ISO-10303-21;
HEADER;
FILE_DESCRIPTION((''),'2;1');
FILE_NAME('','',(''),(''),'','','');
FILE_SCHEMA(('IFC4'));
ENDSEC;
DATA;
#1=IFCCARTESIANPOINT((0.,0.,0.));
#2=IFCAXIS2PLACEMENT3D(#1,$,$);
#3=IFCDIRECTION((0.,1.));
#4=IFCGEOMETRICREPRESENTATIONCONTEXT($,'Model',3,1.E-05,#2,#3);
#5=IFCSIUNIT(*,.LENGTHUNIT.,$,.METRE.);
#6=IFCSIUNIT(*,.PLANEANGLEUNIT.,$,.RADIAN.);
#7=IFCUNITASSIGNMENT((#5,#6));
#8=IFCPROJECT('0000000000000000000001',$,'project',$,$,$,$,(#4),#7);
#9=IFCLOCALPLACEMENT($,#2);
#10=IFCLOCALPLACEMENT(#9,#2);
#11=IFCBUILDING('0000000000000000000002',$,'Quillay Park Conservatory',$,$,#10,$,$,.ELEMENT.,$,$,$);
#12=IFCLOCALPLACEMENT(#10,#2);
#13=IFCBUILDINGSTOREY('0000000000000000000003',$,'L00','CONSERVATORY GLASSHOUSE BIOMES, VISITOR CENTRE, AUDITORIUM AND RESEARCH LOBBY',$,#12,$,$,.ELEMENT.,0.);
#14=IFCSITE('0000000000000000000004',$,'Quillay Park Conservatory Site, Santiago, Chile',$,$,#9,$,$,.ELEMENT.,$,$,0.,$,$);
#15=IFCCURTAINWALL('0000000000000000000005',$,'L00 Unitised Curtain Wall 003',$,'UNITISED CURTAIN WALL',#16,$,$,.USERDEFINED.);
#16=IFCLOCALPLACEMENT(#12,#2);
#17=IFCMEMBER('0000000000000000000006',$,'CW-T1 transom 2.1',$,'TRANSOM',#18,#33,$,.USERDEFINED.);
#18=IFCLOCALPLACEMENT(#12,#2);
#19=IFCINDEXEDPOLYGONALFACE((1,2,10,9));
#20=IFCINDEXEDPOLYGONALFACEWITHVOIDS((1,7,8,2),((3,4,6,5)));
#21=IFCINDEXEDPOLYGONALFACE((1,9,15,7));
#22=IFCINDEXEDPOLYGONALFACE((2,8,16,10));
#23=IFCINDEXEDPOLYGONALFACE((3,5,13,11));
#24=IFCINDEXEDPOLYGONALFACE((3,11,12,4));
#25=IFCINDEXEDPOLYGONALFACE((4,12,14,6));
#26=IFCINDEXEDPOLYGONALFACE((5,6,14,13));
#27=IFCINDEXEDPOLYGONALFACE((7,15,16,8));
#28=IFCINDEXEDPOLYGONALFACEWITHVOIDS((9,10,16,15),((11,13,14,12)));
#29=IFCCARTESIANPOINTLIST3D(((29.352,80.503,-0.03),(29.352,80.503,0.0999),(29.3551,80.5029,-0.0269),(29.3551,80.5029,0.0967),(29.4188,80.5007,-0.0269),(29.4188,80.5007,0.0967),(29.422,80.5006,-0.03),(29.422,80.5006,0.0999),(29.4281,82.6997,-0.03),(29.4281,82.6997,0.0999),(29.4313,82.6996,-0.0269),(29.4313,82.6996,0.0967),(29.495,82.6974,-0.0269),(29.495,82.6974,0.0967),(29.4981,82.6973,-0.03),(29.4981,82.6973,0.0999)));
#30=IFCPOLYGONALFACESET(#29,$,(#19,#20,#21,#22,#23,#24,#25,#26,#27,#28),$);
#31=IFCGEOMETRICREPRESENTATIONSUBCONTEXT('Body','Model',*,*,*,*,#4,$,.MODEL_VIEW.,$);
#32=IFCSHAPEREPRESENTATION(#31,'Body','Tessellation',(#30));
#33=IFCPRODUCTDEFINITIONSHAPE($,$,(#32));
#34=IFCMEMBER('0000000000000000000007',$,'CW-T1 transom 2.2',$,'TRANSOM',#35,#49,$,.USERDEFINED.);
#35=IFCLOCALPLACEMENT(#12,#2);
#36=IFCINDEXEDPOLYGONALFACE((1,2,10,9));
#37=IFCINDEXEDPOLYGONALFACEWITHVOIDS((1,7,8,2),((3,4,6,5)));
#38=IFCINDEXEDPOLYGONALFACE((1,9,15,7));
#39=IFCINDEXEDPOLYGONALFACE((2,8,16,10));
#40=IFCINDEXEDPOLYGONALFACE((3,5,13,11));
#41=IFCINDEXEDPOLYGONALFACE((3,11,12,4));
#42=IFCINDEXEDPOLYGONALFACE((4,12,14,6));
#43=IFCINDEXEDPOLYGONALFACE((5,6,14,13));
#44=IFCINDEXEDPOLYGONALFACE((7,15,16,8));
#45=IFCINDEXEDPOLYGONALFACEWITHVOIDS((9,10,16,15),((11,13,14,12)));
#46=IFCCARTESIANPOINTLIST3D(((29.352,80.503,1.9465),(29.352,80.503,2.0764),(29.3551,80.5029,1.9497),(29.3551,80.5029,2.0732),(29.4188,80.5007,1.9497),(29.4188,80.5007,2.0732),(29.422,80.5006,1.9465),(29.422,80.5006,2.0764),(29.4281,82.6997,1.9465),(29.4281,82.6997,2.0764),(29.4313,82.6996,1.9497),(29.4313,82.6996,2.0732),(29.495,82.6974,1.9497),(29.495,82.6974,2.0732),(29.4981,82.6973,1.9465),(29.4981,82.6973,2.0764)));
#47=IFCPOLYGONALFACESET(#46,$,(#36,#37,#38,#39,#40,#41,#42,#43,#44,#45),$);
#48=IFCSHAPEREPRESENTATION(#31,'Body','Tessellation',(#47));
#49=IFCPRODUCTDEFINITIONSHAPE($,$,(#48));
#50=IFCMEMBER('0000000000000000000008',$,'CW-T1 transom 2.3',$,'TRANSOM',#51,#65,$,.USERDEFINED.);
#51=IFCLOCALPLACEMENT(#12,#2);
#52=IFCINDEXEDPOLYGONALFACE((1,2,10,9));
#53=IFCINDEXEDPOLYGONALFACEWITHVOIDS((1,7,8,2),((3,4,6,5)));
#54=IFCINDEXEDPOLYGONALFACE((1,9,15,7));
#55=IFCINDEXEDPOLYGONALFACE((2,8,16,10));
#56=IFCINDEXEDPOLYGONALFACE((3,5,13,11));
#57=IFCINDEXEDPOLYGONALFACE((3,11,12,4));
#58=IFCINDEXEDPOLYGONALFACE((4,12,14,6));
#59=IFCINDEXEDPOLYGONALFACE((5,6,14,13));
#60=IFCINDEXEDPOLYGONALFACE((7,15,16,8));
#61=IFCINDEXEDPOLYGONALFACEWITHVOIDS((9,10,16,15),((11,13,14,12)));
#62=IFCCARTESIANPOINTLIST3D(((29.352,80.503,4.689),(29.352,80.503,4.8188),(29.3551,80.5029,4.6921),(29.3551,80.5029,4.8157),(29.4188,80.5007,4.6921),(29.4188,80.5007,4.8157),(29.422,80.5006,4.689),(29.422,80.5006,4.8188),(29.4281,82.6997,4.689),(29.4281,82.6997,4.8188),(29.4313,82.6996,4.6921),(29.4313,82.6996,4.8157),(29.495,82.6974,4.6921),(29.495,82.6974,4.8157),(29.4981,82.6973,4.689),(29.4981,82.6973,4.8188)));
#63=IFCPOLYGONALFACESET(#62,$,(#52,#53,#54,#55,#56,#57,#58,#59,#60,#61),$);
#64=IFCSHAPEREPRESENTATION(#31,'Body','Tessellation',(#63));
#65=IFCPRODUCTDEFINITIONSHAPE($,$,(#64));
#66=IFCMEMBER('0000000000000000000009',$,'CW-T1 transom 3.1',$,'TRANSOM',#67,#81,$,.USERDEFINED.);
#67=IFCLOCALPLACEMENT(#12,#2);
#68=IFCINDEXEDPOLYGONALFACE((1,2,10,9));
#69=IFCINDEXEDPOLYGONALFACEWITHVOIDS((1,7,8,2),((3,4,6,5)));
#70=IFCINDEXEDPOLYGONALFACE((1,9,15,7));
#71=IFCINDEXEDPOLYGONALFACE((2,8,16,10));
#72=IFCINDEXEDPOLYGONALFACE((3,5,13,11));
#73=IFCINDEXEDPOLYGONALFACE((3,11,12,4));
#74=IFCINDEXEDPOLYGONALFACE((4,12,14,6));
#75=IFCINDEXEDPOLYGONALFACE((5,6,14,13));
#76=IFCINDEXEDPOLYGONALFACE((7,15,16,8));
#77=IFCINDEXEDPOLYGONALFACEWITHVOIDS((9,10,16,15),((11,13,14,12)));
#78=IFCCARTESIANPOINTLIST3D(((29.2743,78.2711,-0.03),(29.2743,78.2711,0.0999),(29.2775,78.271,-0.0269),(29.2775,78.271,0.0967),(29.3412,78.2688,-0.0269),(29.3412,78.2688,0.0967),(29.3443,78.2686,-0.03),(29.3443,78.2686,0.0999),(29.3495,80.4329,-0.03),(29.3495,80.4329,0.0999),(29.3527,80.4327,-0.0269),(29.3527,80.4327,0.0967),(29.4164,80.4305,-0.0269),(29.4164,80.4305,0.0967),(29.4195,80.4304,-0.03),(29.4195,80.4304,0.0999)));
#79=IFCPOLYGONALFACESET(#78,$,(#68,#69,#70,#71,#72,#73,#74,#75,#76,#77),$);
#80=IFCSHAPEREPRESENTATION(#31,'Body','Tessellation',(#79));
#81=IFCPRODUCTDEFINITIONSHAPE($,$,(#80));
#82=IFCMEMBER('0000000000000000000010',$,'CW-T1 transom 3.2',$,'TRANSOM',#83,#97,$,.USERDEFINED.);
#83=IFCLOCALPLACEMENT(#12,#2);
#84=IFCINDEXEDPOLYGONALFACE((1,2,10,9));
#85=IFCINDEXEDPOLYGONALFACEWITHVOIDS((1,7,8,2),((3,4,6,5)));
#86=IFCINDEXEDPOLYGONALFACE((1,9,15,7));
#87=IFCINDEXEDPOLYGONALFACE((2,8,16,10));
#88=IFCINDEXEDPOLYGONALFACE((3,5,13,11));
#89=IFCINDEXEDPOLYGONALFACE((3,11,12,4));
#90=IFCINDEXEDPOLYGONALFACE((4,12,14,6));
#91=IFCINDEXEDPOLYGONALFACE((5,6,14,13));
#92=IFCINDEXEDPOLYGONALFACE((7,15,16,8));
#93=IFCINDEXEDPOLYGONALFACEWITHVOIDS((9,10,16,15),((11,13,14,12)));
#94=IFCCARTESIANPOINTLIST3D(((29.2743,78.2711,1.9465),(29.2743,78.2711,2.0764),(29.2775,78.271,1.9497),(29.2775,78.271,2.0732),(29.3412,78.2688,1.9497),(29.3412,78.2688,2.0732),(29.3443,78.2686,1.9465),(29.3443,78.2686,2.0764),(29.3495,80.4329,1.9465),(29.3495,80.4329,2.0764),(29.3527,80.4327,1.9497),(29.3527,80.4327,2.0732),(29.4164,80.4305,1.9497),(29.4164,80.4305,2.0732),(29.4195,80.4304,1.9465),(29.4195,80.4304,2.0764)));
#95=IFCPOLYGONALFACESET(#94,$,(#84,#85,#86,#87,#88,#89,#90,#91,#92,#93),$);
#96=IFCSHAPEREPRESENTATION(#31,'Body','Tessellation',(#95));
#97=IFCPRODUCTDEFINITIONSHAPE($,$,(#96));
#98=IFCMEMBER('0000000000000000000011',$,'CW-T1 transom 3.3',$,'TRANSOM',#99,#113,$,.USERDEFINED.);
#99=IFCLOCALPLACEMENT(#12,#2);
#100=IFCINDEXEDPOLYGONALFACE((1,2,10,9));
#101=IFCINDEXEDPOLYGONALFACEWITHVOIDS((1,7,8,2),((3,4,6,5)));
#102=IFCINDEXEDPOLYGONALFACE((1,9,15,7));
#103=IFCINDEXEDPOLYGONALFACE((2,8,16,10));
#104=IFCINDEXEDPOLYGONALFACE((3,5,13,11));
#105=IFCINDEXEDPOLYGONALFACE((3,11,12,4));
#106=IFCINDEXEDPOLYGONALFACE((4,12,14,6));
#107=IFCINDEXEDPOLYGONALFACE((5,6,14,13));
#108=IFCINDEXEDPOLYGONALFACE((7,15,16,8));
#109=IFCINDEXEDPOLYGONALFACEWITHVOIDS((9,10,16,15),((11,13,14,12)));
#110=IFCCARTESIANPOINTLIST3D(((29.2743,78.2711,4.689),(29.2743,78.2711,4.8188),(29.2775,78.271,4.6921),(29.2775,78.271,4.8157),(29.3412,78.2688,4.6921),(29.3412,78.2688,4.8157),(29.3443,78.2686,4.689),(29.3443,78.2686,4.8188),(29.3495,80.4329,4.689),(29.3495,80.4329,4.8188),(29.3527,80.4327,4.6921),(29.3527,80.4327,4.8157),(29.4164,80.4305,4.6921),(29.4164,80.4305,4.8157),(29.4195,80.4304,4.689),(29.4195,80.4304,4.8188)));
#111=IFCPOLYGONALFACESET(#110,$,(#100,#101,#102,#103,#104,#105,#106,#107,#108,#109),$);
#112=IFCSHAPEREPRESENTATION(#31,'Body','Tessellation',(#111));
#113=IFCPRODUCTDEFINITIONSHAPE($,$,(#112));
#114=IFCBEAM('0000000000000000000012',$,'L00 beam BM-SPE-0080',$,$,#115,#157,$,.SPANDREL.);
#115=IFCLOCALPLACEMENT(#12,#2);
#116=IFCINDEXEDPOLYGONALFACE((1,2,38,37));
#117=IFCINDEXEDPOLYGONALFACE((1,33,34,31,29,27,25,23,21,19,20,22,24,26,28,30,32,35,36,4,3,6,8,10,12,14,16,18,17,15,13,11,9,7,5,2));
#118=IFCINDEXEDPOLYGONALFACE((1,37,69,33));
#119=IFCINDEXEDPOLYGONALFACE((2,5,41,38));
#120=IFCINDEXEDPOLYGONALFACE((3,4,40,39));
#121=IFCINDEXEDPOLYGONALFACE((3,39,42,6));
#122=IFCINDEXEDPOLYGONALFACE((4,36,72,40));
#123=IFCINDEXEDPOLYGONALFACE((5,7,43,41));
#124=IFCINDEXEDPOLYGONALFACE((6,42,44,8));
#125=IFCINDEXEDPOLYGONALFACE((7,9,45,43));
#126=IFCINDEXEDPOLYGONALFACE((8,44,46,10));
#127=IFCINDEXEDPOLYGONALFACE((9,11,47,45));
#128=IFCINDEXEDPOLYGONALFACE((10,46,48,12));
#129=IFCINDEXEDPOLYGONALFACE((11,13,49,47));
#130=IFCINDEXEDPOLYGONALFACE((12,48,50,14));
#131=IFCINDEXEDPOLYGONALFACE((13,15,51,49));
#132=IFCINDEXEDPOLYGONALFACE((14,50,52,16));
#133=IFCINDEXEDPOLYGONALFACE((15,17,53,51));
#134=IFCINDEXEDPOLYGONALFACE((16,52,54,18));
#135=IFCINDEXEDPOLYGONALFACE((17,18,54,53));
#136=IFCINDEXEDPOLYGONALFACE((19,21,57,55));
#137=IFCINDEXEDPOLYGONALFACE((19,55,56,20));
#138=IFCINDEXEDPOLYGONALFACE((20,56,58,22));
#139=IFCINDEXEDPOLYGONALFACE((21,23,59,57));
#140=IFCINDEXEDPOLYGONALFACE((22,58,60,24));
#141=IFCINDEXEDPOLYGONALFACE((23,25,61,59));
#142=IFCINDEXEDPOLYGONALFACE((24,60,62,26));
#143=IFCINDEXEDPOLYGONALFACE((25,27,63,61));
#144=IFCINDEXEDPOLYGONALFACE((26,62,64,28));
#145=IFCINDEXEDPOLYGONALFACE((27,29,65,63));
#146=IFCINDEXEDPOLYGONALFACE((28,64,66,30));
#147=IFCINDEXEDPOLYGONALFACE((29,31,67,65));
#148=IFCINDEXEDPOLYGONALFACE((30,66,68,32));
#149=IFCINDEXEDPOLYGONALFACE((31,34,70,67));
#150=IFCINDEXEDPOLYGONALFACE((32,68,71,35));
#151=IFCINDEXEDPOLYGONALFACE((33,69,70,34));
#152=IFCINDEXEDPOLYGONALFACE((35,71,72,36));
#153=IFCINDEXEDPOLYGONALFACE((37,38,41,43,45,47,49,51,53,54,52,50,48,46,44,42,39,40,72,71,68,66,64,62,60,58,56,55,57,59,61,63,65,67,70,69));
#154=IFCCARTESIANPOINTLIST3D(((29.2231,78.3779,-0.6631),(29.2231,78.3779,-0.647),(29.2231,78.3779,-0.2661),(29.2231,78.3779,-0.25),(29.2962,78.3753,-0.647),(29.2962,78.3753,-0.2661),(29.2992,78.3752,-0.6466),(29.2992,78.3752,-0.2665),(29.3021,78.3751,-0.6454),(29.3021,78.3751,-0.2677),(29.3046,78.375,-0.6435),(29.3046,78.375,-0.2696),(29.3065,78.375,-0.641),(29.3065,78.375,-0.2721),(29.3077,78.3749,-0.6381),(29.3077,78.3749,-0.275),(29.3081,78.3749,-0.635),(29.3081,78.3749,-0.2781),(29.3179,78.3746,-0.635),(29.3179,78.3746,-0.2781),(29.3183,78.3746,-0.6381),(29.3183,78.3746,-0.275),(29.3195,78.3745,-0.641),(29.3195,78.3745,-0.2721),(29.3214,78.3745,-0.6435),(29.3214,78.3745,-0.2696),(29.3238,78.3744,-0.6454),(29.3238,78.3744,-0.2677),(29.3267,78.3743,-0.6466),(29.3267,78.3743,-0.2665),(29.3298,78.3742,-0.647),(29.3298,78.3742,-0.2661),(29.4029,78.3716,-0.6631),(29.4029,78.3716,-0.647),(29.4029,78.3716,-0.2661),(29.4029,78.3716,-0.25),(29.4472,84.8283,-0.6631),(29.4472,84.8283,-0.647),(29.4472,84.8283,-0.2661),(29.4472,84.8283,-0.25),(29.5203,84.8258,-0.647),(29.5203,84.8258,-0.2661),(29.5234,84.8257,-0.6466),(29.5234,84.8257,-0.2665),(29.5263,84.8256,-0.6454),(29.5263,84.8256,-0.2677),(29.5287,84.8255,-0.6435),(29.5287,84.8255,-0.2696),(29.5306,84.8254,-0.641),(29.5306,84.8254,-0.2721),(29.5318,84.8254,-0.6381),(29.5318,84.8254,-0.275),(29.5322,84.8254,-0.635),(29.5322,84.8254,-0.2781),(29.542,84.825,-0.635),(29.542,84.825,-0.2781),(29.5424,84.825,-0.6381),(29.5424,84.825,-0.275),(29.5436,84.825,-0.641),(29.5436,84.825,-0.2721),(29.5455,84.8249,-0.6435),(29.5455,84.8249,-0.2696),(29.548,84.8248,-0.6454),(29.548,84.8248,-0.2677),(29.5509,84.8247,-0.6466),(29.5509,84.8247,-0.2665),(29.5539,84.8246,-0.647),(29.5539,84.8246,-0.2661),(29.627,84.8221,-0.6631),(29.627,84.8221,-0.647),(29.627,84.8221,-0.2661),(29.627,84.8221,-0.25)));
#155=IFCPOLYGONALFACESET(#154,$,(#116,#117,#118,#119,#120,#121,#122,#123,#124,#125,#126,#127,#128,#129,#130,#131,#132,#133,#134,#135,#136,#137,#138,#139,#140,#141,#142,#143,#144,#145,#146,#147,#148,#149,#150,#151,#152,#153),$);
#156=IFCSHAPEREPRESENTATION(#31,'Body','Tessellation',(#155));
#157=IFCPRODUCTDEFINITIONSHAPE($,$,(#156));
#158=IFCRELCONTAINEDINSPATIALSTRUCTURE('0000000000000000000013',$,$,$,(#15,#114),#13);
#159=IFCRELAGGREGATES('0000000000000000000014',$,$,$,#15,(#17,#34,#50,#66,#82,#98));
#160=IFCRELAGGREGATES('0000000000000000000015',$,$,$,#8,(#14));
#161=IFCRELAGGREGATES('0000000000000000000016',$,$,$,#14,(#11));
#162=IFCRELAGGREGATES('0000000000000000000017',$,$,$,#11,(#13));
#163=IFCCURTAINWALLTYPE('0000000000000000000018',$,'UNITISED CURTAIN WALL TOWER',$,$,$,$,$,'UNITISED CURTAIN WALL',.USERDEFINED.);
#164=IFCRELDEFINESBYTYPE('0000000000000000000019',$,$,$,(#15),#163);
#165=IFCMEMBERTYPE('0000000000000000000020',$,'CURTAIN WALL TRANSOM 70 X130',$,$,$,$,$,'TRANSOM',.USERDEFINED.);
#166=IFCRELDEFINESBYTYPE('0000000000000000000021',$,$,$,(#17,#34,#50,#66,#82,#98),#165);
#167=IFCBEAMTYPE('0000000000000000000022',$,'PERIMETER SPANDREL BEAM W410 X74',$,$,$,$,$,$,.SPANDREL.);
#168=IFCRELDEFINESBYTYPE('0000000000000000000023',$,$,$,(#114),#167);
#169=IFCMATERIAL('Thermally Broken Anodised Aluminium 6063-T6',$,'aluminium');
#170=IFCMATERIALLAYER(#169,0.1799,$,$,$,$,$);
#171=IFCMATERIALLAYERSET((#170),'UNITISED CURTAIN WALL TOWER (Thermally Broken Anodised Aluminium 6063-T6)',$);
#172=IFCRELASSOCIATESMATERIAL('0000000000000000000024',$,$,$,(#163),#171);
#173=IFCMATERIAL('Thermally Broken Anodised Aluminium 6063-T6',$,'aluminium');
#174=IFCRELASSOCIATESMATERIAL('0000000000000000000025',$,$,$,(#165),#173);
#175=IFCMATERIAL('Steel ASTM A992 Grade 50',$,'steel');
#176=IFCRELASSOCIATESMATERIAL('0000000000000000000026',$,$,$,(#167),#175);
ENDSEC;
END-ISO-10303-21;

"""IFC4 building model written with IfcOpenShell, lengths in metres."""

from ifc_helpers import new_model, si_unit, direction, frame, origin, origin_2d, place, context, subcontext, project, spatial, hollow_rectangle, i_section, extrude, material, layer, layer_set, material_profile, profile_set, type_object, element, aggregate, save


model = new_model("IFC4")

# Units and contexts
model_context = context("Model", 3, precision=1e-05, world=origin(), true_north=direction((0.0, 1.0)))
body_context = subcontext(model_context, "Body", "Model", "MODEL_VIEW")
ifc_project = project(units=[si_unit("LENGTHUNIT", "METRE"), si_unit("PLANEANGLEUNIT", "RADIAN")], contexts=[model_context])

# Site, building, storey
site_placement = place(None, origin())
site = spatial("IfcSite", under=ifc_project, at=site_placement, Name="Quillay Park Conservatory Site, Santiago, Chile", CompositionType="ELEMENT", RefElevation=0.0)
building_placement = place(site_placement, origin())
building = spatial("IfcBuilding", under=site, at=building_placement, Name="Quillay Park Conservatory", CompositionType="ELEMENT")
storey_placement = place(building_placement, origin())
storey = spatial("IfcBuildingStorey", under=building, at=storey_placement, Name="L00", Description="CONSERVATORY GLASSHOUSE BIOMES, VISITOR CENTRE, AUDITORIUM AND RESEARCH LOBBY", CompositionType="ELEMENT", Elevation=0.0)

# Shared definitions
ifc_material_1 = material(Name="Thermally Broken Anodised Aluminium 6063-T6", Category="aluminium")
ifc_layer_1 = layer(ifc_material_1, 0.1799)
ifc_layer_set_1 = layer_set([ifc_layer_1], Name="UNITISED CURTAIN WALL TOWER (Thermally Broken Anodised Aluminium 6063-T6)")
curtain_wall_type = type_object("IfcCurtainWallType", Name="UNITISED CURTAIN WALL TOWER", ElementType="UNITISED CURTAIN WALL", PredefinedType="USERDEFINED", material=ifc_layer_set_1)

# Curtain wall, members
curtain_wall_1_placement = place(storey_placement, origin())
curtain_wall_1 = element("IfcCurtainWall", 1, at=curtain_wall_1_placement, inside=storey, type_object=curtain_wall_type, Name="L00 Unitised Curtain Wall 003", ObjectType="UNITISED CURTAIN WALL", PredefinedType="USERDEFINED")
ifc_material_2 = material(Name="Thermally Broken Anodised Aluminium 6063-T6", Category="aluminium")
ifc_material_profile_1 = material_profile(ifc_material_2, hollow_rectangle(XDim=0.0701, YDim=0.1299, WallThickness=0.0032, at=origin_2d()), Name="AL70x130x3.2")
ifc_profile_set_1 = profile_set([ifc_material_profile_1], Name="Thermally Broken Anodised Aluminium 6063-T6")
member_type_1 = type_object("IfcMemberType", Name="CURTAIN WALL TRANSOM 70 X130", ElementType="TRANSOM", PredefinedType="USERDEFINED", material=ifc_profile_set_1)
member_1_placement = place(storey_placement, frame((29.4631, 82.6985, 0.0349), z_axis=(-0.034654, -0.999399, 0.0), x_axis=(0.999399, -0.034654, 0.0)))
member_1 = element("IfcMember", 2, at=member_1_placement, type_object=member_type_1, Name="CW-T1 transom 2.1", ObjectType="TRANSOM", PredefinedType="USERDEFINED", context=body_context, shape_type="SweptSolid", body=[
    extrude(hollow_rectangle(XDim=0.0701, YDim=0.1299, WallThickness=0.0032, at=origin_2d()), origin(), (0.0, 0.0, 1.0), 2.198),
])
member_2_placement = place(storey_placement, frame((29.4631, 82.6985, 2.0115), z_axis=(-0.034654, -0.999399, 0.0), x_axis=(0.999399, -0.034654, 0.0)))
member_2 = element("IfcMember", 3, at=member_2_placement, type_object=member_type_1, Name="CW-T1 transom 2.2", ObjectType="TRANSOM", PredefinedType="USERDEFINED", context=body_context, shape_type="SweptSolid", body=[
    extrude(hollow_rectangle(XDim=0.0701, YDim=0.1299, WallThickness=0.0032, at=origin_2d()), origin(), (0.0, 0.0, 1.0), 2.198),
])
member_3_placement = place(storey_placement, frame((29.4631, 82.6985, 4.7539), z_axis=(-0.034654, -0.999399, 0.0), x_axis=(0.999399, -0.034654, 0.0)))
member_3 = element("IfcMember", 4, at=member_3_placement, type_object=member_type_1, Name="CW-T1 transom 2.3", ObjectType="TRANSOM", PredefinedType="USERDEFINED", context=body_context, shape_type="SweptSolid", body=[
    extrude(hollow_rectangle(XDim=0.0701, YDim=0.1299, WallThickness=0.0032, at=origin_2d()), origin(), (0.0, 0.0, 1.0), 2.198),
])
member_4_placement = place(storey_placement, frame((29.3845, 80.4316, 0.0349), z_axis=(-0.034762, -0.999396, 0.0), x_axis=(0.999396, -0.034762, 0.0)))
member_4 = element("IfcMember", 5, at=member_4_placement, type_object=member_type_1, Name="CW-T1 transom 3.1", ObjectType="TRANSOM", PredefinedType="USERDEFINED", context=body_context, shape_type="SweptSolid", body=[
    extrude(hollow_rectangle(XDim=0.0701, YDim=0.1299, WallThickness=0.0032, at=origin_2d()), origin(), (0.0, 0.0, 1.0), 2.1631),
])
member_5_placement = place(storey_placement, frame((29.3845, 80.4316, 2.0115), z_axis=(-0.034762, -0.999396, 0.0), x_axis=(0.999396, -0.034762, 0.0)))
member_5 = element("IfcMember", 6, at=member_5_placement, type_object=member_type_1, Name="CW-T1 transom 3.2", ObjectType="TRANSOM", PredefinedType="USERDEFINED", context=body_context, shape_type="SweptSolid", body=[
    extrude(hollow_rectangle(XDim=0.0701, YDim=0.1299, WallThickness=0.0032, at=origin_2d()), origin(), (0.0, 0.0, 1.0), 2.1631),
])
member_6_placement = place(storey_placement, frame((29.3845, 80.4316, 4.7539), z_axis=(-0.034762, -0.999396, 0.0), x_axis=(0.999396, -0.034762, 0.0)))
member_6 = element("IfcMember", 7, at=member_6_placement, type_object=member_type_1, Name="CW-T1 transom 3.3", ObjectType="TRANSOM", PredefinedType="USERDEFINED", context=body_context, shape_type="SweptSolid", body=[
    extrude(hollow_rectangle(XDim=0.0701, YDim=0.1299, WallThickness=0.0032, at=origin_2d()), origin(), (0.0, 0.0, 1.0), 2.1631),
])

# Beam
ifc_material_3 = material(Name="Steel ASTM A992 Grade 50", Category="steel")
ifc_material_profile_2 = material_profile(ifc_material_3, i_section(OverallWidth=0.1799, OverallDepth=0.4131, WebThickness=0.0098, FlangeThickness=0.0161, FilletRadius=0.012, at=origin_2d()), Name="W410x74")
ifc_profile_set_2 = profile_set([ifc_material_profile_2], Name="Steel ASTM A992 Grade 50")
beam_type_1 = type_object("IfcBeamType", Name="PERIMETER SPANDREL BEAM W410 X74", PredefinedType="SPANDREL", material=ifc_profile_set_2)
beam_1_placement = place(storey_placement, frame((29.313, 78.3748, -0.4565), z_axis=(0.034724, 0.999397, 0.0), x_axis=(-0.999397, 0.034724, 0.0)))
element("IfcBeam", 8, at=beam_1_placement, inside=storey, type_object=beam_type_1, Name="L00 beam BM-SPE-0080", PredefinedType="SPANDREL", context=body_context, shape_type="SweptSolid", body=[
    extrude(i_section(OverallWidth=0.1799, OverallDepth=0.4131, WebThickness=0.0098, FlangeThickness=0.0161, FilletRadius=0.012, at=origin_2d()), origin(), (0.0, 0.0, 1.0), 6.4543),
])

aggregate(curtain_wall_1, [member_1, member_2, member_3, member_4, member_5, member_6])

save(model, "model.ifc")
